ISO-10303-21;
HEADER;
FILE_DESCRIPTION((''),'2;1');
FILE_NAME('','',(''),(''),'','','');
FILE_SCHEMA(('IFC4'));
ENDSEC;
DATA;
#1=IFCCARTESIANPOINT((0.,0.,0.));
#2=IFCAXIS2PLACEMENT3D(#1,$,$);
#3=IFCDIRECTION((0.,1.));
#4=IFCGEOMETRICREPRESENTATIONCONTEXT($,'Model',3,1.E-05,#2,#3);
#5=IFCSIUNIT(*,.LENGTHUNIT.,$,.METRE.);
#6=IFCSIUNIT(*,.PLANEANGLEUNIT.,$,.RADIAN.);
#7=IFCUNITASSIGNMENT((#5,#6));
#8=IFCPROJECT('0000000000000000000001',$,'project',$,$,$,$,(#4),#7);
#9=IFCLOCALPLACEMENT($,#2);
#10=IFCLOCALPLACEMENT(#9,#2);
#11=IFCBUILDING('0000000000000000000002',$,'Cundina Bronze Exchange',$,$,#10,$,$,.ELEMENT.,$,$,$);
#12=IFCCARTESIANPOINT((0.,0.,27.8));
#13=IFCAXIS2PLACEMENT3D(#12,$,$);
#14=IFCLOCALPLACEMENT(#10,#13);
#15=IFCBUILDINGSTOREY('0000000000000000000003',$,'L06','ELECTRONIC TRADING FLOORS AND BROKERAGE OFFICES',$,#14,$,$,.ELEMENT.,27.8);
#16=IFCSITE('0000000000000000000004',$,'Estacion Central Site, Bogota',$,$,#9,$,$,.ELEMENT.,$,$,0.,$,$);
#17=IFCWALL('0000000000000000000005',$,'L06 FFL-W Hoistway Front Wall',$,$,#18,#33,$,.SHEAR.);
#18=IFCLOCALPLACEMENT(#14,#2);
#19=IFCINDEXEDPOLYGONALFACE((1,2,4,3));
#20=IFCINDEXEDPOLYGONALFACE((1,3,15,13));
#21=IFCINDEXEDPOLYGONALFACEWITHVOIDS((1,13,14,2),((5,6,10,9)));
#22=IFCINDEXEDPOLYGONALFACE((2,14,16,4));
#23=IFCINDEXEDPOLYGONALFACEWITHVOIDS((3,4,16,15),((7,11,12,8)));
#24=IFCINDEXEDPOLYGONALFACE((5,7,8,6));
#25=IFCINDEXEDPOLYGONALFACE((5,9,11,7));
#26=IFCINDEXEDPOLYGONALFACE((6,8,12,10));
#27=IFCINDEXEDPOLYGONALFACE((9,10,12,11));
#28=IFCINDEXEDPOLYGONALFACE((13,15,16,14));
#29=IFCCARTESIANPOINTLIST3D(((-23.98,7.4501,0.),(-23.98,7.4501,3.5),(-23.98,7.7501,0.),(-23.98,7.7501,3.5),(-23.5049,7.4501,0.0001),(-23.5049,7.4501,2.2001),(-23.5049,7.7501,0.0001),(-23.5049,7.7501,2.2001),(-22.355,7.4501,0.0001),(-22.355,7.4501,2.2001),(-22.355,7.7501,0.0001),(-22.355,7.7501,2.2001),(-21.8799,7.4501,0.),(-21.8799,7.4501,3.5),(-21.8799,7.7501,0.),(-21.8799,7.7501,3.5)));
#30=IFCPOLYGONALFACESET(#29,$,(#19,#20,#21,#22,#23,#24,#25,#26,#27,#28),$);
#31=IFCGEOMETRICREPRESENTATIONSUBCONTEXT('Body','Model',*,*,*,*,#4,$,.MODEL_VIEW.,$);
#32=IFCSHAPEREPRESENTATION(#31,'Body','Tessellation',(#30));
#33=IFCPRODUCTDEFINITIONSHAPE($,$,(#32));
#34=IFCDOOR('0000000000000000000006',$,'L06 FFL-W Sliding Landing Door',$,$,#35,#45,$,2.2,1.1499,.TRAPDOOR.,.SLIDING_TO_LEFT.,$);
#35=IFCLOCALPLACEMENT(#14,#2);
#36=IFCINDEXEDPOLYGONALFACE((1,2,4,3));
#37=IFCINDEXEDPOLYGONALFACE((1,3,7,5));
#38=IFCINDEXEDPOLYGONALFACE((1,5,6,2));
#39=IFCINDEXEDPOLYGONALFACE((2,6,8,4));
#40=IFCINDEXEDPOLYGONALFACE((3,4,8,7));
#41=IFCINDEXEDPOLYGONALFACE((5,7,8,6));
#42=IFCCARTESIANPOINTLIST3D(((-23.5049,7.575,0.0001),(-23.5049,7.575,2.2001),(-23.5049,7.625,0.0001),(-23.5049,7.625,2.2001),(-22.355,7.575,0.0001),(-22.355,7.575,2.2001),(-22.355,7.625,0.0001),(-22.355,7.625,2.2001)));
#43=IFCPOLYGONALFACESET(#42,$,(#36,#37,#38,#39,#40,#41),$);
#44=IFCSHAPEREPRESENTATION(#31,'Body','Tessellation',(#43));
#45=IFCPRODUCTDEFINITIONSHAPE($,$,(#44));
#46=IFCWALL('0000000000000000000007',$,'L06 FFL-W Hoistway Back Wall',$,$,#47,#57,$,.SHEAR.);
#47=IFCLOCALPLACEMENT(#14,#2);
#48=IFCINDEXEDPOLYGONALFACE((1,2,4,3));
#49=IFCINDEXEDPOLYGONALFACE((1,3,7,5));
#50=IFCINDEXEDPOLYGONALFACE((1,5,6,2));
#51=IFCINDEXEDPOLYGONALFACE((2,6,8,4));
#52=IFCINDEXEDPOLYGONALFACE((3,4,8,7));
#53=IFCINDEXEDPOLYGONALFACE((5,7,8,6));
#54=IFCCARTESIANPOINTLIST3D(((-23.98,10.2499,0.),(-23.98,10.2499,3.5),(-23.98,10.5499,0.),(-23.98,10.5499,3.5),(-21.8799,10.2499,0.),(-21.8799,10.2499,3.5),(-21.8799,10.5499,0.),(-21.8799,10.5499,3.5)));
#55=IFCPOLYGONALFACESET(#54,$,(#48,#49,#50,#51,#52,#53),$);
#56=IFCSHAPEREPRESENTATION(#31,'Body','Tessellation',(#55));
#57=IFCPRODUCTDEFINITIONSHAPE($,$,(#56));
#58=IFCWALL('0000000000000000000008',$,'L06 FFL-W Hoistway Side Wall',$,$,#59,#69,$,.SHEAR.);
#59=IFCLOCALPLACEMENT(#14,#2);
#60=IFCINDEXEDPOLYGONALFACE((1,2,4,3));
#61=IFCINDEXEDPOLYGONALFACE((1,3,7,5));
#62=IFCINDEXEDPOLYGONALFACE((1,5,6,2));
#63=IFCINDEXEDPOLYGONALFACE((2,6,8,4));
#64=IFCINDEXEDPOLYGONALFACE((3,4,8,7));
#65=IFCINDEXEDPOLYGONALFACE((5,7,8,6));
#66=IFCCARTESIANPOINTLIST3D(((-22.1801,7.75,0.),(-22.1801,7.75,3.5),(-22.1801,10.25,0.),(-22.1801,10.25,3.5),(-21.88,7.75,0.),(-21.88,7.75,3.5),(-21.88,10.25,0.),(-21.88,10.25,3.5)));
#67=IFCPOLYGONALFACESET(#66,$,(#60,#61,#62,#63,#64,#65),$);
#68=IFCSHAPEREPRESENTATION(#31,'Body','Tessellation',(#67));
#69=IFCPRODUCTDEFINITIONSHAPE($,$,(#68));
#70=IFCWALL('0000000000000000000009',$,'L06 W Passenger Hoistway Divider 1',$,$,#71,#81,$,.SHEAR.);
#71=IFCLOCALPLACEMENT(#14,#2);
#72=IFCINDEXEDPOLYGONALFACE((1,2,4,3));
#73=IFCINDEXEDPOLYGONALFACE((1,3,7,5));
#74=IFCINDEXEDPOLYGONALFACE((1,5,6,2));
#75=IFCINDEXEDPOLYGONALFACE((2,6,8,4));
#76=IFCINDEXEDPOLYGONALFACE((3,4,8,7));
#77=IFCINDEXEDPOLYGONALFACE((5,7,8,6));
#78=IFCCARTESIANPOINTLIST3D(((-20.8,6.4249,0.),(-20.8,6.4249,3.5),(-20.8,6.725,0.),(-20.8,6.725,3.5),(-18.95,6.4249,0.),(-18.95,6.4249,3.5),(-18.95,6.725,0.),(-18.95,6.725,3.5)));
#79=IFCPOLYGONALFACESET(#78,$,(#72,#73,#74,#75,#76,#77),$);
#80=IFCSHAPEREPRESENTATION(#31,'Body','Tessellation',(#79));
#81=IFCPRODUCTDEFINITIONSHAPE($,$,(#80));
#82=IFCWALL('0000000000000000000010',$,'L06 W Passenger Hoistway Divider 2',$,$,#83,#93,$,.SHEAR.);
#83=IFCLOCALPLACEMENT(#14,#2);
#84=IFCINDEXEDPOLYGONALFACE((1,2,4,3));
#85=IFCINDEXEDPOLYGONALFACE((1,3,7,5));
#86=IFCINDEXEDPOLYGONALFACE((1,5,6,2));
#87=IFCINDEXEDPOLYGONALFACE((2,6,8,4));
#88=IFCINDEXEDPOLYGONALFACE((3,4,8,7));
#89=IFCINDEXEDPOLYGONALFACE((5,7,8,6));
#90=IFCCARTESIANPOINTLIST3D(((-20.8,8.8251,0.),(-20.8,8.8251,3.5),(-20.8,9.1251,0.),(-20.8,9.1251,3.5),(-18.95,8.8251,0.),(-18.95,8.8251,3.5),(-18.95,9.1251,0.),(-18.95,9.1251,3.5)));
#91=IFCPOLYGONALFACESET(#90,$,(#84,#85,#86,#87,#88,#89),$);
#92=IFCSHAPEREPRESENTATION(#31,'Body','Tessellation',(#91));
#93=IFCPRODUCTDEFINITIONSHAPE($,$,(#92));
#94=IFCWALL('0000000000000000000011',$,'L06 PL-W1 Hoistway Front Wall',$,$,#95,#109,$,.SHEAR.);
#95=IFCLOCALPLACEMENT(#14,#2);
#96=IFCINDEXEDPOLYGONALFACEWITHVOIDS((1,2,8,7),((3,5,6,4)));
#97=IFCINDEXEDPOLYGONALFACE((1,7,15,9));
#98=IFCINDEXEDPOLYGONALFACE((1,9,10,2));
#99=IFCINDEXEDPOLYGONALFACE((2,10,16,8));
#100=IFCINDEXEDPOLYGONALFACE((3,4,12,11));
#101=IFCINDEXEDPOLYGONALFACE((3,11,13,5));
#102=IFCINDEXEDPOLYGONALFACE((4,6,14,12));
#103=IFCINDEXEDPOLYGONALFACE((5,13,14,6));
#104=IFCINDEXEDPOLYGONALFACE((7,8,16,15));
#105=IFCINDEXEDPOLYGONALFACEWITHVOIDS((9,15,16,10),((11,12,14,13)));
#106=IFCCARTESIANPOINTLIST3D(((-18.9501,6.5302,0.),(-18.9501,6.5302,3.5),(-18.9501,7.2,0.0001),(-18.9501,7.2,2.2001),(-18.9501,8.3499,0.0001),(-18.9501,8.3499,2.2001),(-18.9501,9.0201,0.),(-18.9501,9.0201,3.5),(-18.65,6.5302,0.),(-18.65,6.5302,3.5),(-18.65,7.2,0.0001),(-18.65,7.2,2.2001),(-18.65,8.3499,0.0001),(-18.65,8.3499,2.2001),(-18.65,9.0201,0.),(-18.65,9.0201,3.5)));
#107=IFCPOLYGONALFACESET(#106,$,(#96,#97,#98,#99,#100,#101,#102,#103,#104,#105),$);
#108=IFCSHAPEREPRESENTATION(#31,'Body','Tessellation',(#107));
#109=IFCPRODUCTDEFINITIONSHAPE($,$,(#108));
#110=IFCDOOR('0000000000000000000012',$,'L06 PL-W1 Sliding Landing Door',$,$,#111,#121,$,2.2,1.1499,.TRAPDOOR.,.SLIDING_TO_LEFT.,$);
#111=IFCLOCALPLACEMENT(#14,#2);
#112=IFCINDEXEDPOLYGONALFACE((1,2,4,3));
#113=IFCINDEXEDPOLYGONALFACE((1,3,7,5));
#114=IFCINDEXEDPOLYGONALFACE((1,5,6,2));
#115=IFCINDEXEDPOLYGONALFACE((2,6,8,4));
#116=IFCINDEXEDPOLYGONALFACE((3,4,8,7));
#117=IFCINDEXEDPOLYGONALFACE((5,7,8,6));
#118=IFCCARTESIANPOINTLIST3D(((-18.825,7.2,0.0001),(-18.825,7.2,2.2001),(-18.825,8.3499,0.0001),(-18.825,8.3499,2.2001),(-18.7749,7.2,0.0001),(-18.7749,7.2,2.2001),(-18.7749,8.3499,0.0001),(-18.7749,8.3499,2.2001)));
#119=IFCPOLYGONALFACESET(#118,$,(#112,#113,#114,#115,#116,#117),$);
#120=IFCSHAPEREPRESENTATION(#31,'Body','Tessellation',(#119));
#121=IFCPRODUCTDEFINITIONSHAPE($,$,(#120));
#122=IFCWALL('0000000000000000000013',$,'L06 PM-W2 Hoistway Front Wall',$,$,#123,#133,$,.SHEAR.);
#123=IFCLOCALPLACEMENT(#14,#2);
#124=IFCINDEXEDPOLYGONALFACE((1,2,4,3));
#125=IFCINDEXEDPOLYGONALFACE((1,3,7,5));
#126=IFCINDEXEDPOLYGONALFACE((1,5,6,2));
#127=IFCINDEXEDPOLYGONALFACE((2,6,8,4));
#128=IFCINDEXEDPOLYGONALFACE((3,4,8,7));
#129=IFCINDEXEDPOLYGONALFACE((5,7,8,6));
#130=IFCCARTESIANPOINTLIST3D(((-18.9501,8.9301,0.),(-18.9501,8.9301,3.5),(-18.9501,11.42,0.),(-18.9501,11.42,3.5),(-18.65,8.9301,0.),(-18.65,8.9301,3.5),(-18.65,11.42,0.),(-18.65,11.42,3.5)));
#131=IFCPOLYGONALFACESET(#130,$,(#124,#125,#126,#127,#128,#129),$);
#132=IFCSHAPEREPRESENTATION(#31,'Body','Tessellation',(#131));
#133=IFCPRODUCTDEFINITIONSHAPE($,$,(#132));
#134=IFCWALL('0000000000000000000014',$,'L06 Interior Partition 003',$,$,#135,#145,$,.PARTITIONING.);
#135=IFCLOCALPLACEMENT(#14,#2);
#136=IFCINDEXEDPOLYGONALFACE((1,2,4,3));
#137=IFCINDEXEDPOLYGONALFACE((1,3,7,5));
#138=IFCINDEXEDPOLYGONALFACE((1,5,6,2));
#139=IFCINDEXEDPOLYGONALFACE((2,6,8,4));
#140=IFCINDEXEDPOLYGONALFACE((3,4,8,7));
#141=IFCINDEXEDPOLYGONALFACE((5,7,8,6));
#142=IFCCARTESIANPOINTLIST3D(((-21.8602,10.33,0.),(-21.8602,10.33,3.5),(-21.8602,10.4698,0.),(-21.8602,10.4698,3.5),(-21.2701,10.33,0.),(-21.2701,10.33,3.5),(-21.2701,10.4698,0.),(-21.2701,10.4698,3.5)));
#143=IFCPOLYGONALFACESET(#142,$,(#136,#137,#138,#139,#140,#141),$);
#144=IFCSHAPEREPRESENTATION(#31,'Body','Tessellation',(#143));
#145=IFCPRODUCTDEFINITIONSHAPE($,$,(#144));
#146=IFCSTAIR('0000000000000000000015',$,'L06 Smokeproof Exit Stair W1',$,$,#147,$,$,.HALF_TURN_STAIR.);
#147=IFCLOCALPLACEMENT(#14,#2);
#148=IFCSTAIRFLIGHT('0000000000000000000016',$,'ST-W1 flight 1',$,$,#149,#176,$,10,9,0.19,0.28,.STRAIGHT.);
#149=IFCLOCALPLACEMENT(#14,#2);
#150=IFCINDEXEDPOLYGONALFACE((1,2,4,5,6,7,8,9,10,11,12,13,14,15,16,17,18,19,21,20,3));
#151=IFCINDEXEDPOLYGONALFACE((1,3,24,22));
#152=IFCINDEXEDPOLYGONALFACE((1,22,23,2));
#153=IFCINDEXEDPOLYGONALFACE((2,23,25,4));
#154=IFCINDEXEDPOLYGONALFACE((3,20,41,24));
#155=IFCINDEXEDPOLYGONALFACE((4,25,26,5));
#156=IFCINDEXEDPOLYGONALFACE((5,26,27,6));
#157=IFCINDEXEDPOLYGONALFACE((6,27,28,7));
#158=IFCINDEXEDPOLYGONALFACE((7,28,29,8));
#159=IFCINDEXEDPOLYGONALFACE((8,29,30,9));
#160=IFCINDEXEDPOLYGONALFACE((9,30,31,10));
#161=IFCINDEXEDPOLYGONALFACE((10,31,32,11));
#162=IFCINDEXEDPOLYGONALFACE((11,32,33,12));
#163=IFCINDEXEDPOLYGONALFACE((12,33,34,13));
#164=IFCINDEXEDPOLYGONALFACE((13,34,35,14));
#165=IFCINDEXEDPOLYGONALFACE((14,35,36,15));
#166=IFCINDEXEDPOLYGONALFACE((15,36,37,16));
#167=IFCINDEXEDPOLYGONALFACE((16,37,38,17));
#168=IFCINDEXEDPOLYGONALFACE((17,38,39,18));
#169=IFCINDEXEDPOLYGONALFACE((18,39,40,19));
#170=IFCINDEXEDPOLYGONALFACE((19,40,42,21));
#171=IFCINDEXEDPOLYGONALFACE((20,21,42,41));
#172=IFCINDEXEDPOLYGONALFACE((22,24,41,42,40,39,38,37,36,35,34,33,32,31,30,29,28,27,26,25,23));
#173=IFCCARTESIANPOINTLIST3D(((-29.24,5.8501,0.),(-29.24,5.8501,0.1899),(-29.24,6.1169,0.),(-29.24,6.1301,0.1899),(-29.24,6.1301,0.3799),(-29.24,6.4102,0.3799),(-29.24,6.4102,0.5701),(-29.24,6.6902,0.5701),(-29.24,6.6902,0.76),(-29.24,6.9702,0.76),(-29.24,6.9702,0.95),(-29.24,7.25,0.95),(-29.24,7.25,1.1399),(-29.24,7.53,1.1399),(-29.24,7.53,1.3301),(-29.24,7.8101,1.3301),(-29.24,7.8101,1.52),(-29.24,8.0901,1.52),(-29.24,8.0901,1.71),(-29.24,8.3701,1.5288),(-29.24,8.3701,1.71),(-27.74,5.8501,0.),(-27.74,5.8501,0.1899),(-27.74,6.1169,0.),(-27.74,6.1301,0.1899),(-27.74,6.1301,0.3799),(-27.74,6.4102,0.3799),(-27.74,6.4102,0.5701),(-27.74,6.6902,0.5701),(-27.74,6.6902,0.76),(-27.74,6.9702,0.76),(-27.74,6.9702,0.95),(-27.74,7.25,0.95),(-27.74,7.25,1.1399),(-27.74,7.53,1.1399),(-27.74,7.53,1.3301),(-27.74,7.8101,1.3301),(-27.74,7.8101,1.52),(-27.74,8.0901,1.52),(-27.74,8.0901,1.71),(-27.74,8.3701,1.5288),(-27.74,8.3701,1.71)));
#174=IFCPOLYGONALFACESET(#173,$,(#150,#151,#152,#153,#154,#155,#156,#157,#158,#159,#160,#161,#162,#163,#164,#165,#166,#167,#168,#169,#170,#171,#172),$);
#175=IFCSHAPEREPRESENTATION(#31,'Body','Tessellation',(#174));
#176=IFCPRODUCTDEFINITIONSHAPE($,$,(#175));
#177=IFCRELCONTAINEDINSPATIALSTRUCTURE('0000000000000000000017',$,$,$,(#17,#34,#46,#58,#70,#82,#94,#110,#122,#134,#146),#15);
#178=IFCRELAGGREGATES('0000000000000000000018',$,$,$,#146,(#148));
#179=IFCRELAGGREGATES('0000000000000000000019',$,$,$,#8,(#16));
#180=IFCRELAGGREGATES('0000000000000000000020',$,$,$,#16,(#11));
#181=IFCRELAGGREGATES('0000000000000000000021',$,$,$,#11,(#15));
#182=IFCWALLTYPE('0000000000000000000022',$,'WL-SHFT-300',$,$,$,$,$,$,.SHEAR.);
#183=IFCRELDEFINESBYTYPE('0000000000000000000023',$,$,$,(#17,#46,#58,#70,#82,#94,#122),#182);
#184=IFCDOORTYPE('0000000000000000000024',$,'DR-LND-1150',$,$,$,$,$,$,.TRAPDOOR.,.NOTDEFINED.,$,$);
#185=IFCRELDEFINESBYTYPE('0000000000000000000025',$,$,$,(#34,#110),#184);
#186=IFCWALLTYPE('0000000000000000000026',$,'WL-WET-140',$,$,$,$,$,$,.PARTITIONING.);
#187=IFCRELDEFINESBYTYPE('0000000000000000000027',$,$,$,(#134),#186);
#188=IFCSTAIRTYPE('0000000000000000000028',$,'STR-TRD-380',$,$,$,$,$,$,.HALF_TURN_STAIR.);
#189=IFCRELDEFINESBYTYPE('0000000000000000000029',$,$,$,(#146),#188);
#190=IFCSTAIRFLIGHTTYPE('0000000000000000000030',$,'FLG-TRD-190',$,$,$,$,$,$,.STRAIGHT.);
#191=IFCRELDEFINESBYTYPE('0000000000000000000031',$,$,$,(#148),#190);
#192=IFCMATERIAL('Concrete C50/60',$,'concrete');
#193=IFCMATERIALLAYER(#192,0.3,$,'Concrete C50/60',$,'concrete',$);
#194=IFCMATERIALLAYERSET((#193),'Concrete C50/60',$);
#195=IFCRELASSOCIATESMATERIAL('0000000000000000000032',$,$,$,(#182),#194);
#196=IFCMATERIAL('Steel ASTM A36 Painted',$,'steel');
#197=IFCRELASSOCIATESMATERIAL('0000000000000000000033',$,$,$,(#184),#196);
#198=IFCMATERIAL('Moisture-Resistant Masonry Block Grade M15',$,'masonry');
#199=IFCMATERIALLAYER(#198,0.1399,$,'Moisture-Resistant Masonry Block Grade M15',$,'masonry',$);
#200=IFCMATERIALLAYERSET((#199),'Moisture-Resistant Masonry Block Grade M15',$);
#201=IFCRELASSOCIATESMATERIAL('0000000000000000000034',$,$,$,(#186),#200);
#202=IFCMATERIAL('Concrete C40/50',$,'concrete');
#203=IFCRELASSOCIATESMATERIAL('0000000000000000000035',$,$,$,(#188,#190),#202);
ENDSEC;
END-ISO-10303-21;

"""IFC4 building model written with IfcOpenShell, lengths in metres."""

from ifc_helpers import new_model, si_unit, direction, frame, frame_2d, origin, place, context, subcontext, project, spatial, polyline, rectangle, outline, extrude, material, layer, layer_set, type_object, element, fill, aggregate, save


model = new_model("IFC4")

# Units and contexts
model_context = context("Model", 3, precision=1e-05, world=origin(), true_north=direction((0.0, 1.0)))
body_context = subcontext(model_context, "Body", "Model", "MODEL_VIEW")
ifc_project = project(units=[si_unit("LENGTHUNIT", "METRE"), si_unit("PLANEANGLEUNIT", "RADIAN")], contexts=[model_context])

# Site, building, storey
site_placement = place(None, origin())
site = spatial("IfcSite", under=ifc_project, at=site_placement, Name="Estacion Central Site, Bogota", CompositionType="ELEMENT", RefElevation=0.0)
building_placement = place(site_placement, origin())
building = spatial("IfcBuilding", under=site, at=building_placement, Name="Cundina Bronze Exchange", CompositionType="ELEMENT")
storey_placement = place(building_placement, frame((0.0, 0.0, 27.8)))
storey = spatial("IfcBuildingStorey", under=building, at=storey_placement, Name="L06", Description="ELECTRONIC TRADING FLOORS AND BROKERAGE OFFICES", CompositionType="ELEMENT", Elevation=27.8)

# Shared definitions
ifc_material_1 = material(Name="Concrete C50/60", Category="concrete")
ifc_layer_1 = layer(ifc_material_1, 0.3, Name="Concrete C50/60", Category="concrete")
ifc_layer_set_1 = layer_set([ifc_layer_1], Name="Concrete C50/60")
wall_type_1 = type_object("IfcWallType", Name="WL-SHFT-300", PredefinedType="SHEAR", material=ifc_layer_set_1)

# Wall, opening, door
wall_1_placement = place(storey_placement, frame((-23.98, 7.6001, 0.0), z_axis=(0.0, 0.0, 1.0), x_axis=(1.0, 0.0, 0.0)))
wall_1 = element("IfcWall", 1, at=wall_1_placement, inside=storey, type_object=wall_type_1, Name="L06 FFL-W Hoistway Front Wall", PredefinedType="SHEAR", context=body_context, shape_type="SweptSolid", body=[
    extrude(rectangle(XDim=2.1001, YDim=0.3, at=frame_2d((1.05, 0.0))), origin(), (0.0, 0.0, 1.0), 3.5),
])
opening_1_placement = place(wall_1_placement, frame((0.4751, 0.0, 0.0)))
opening_1 = element("IfcOpeningElement", 2, at=opening_1_placement, cuts=wall_1, PredefinedType="OPENING", context=body_context, shape_type="SweptSolid", body=[
    extrude(rectangle(XDim=1.1499, YDim=2.2, at=frame_2d((0.575, 1.1001))), frame((0.0, 0.1599, 0.0), z_axis=(0.0, -1.0, 0.0), x_axis=(1.0, 0.0, 0.0)), (0.0, 0.0, 1.0), 0.3201),
])
ifc_material_2 = material(Name="Steel ASTM A36 Painted", Category="steel")
door_type = type_object("IfcDoorType", Name="DR-LND-1150", OperationType="NOTDEFINED", PredefinedType="TRAPDOOR", material=ifc_material_2)
door_1_placement = place(opening_1_placement, origin())
door_1 = element("IfcDoor", 3, at=door_1_placement, inside=storey, type_object=door_type, Name="L06 FFL-W Sliding Landing Door", OperationType="SLIDING_TO_LEFT", OverallHeight=2.2, OverallWidth=1.1499, PredefinedType="TRAPDOOR", context=body_context, shape_type="SweptSolid", body=[
    extrude(rectangle(XDim=1.1499, YDim=2.2, at=frame_2d((0.575, 1.1001))), frame((0.0, 0.0249, 0.0), z_axis=(0.0, -1.0, 0.0), x_axis=(1.0, 0.0, 0.0)), (0.0, 0.0, 1.0), 0.05),
])
fill(opening_1, door_1)

# Walls
wall_2_placement = place(storey_placement, frame((-23.98, 10.3999, 0.0), z_axis=(0.0, 0.0, 1.0), x_axis=(1.0, 0.0, 0.0)))
element("IfcWall", 4, at=wall_2_placement, inside=storey, type_object=wall_type_1, Name="L06 FFL-W Hoistway Back Wall", PredefinedType="SHEAR", context=body_context, shape_type="SweptSolid", body=[
    extrude(rectangle(XDim=2.1001, YDim=0.3, at=frame_2d((1.05, 0.0))), origin(), (0.0, 0.0, 1.0), 3.5),
])
wall_3_placement = place(storey_placement, frame((-22.03, 7.75, 0.0), z_axis=(0.0, 0.0, 1.0), x_axis=(0.0, 1.0, 0.0)))
element("IfcWall", 5, at=wall_3_placement, inside=storey, type_object=wall_type_1, Name="L06 FFL-W Hoistway Side Wall", PredefinedType="SHEAR", context=body_context, shape_type="SweptSolid", body=[
    extrude(rectangle(XDim=2.5, YDim=0.3, at=frame_2d((1.25, 0.0))), origin(), (0.0, 0.0, 1.0), 3.5),
])
for number, where, z_axis, x_axis, name in (
    (6, (-20.8, 6.575, 0.0), (0.0, 0.0, 1.0), (1.0, 0.0, 0.0), "L06 W Passenger Hoistway Divider 1"),
    (7, (-20.8, 8.9751, 0.0), (0.0, 0.0, 1.0), (1.0, 0.0, 0.0), "L06 W Passenger Hoistway Divider 2"),
):
    element("IfcWall", number, at=place(storey_placement, frame(where, z_axis=z_axis, x_axis=x_axis)), inside=storey, type_object=wall_type_1, Name=name, PredefinedType="SHEAR", context=body_context, shape_type="SweptSolid", body=[
        extrude(rectangle(XDim=1.8501, YDim=0.3, at=frame_2d((0.925, 0.0))), origin(), (0.0, 0.0, 1.0), 3.5),
    ])

# Wall, opening, door
wall_4_placement = place(storey_placement, frame((-18.8, 6.53, 0.0), z_axis=(0.0, 0.0, 1.0), x_axis=(0.0, 1.0, 0.0)))
wall_4 = element("IfcWall", 8, at=wall_4_placement, inside=storey, type_object=wall_type_1, Name="L06 PL-W1 Hoistway Front Wall", PredefinedType="SHEAR", context=body_context, shape_type="SweptSolid", body=[
    extrude(rectangle(XDim=2.49, YDim=0.3, at=frame_2d((1.2451, 0.0))), origin(), (0.0, 0.0, 1.0), 3.5),
])
opening_2_placement = place(wall_4_placement, frame((0.6699, 0.0, 0.0)))
opening_2 = element("IfcOpeningElement", 9, at=opening_2_placement, cuts=wall_4, PredefinedType="OPENING", context=body_context, shape_type="SweptSolid", body=[
    extrude(rectangle(XDim=1.1499, YDim=2.2, at=frame_2d((0.575, 1.1001))), frame((0.0, 0.1599, 0.0), z_axis=(0.0, -1.0, 0.0), x_axis=(1.0, 0.0, 0.0)), (0.0, 0.0, 1.0), 0.3201),
])
door_2_placement = place(opening_2_placement, origin())
door_2 = element("IfcDoor", 10, at=door_2_placement, inside=storey, type_object=door_type, Name="L06 PL-W1 Sliding Landing Door", OperationType="SLIDING_TO_LEFT", OverallHeight=2.2, OverallWidth=1.1499, PredefinedType="TRAPDOOR", context=body_context, shape_type="SweptSolid", body=[
    extrude(rectangle(XDim=1.1499, YDim=2.2, at=frame_2d((0.575, 1.1001))), frame((0.0, 0.0249, 0.0), z_axis=(0.0, -1.0, 0.0), x_axis=(1.0, 0.0, 0.0)), (0.0, 0.0, 1.0), 0.05),
])
fill(opening_2, door_2)

# Walls
wall_5_placement = place(storey_placement, frame((-18.8, 8.9299, 0.0), z_axis=(0.0, 0.0, 1.0), x_axis=(0.0, 1.0, 0.0)))
element("IfcWall", 11, at=wall_5_placement, inside=storey, type_object=wall_type_1, Name="L06 PM-W2 Hoistway Front Wall", PredefinedType="SHEAR", context=body_context, shape_type="SweptSolid", body=[
    extrude(rectangle(XDim=2.49, YDim=0.3, at=frame_2d((1.2451, 0.0))), origin(), (0.0, 0.0, 1.0), 3.5),
])
ifc_material_3 = material(Name="Moisture-Resistant Masonry Block Grade M15", Category="masonry")
ifc_layer_2 = layer(ifc_material_3, 0.1399, Name="Moisture-Resistant Masonry Block Grade M15", Category="masonry")
ifc_layer_set_2 = layer_set([ifc_layer_2], Name="Moisture-Resistant Masonry Block Grade M15")
wall_type_2 = type_object("IfcWallType", Name="WL-WET-140", PredefinedType="PARTITIONING", material=ifc_layer_set_2)
wall_6_placement = place(storey_placement, frame((-21.8601, 10.3999, 0.0), z_axis=(0.0, 0.0, 1.0), x_axis=(1.0, 0.0, 0.0)))
element("IfcWall", 12, at=wall_6_placement, inside=storey, type_object=wall_type_2, Name="L06 Interior Partition 003", PredefinedType="PARTITIONING", context=body_context, shape_type="SweptSolid", body=[
    extrude(rectangle(XDim=0.5901, YDim=0.1399, at=frame_2d((0.2949, 0.0))), origin(), (0.0, 0.0, 1.0), 3.5),
])

# Stair, stair flight
ifc_material_4 = material(Name="Concrete C40/50", Category="concrete")
stair_type = type_object("IfcStairType", Name="STR-TRD-380", PredefinedType="HALF_TURN_STAIR", material=ifc_material_4)
stair_1_placement = place(storey_placement, origin())
stair_1 = element("IfcStair", 13, at=stair_1_placement, inside=storey, type_object=stair_type, Name="L06 Smokeproof Exit Stair W1", PredefinedType="HALF_TURN_STAIR")
stair_flight_type = type_object("IfcStairFlightType", Name="FLG-TRD-190", PredefinedType="STRAIGHT", material=ifc_material_4)
stair_flight_1_placement = place(storey_placement, frame((-28.49, 5.8501, 0.0), z_axis=(0.0, 0.0, 1.0), x_axis=(0.0, 1.0, 0.0)))
stair_flight_1 = element("IfcStairFlight", 14, at=stair_flight_1_placement, type_object=stair_flight_type, Name="ST-W1 flight 1", NumberOfRisers=10, NumberOfTreads=9, PredefinedType="STRAIGHT", RiserHeight=0.19, TreadLength=0.28, context=body_context, shape_type="SweptSolid", body=[
    extrude(outline(polyline([(0.0, 0.0), (0.0, 0.1899), (0.28, 0.1899), (0.28, 0.3799), (0.5601, 0.3799), (0.5601, 0.5701), (0.8401, 0.5701), (0.8401, 0.76), (1.1201, 0.76), (1.1201, 0.95), (1.3999, 0.95), (1.3999, 1.1399), (1.6799, 1.1399), (1.6799, 1.3301), (1.96, 1.3301), (1.96, 1.52), (2.24, 1.52), (2.24, 1.71), (2.52, 1.71), (2.52, 1.8999), (2.52, 1.5288), (0.2668, 0.0), (0.0, 0.0)])), frame((0.0, 0.75, 0.0), z_axis=(0.0, -1.0, 0.0), x_axis=(1.0, 0.0, 0.0)), (0.0, 0.0, 1.0), 1.5),
])
aggregate(stair_1, [stair_flight_1])

save(model, "model.ifc")
